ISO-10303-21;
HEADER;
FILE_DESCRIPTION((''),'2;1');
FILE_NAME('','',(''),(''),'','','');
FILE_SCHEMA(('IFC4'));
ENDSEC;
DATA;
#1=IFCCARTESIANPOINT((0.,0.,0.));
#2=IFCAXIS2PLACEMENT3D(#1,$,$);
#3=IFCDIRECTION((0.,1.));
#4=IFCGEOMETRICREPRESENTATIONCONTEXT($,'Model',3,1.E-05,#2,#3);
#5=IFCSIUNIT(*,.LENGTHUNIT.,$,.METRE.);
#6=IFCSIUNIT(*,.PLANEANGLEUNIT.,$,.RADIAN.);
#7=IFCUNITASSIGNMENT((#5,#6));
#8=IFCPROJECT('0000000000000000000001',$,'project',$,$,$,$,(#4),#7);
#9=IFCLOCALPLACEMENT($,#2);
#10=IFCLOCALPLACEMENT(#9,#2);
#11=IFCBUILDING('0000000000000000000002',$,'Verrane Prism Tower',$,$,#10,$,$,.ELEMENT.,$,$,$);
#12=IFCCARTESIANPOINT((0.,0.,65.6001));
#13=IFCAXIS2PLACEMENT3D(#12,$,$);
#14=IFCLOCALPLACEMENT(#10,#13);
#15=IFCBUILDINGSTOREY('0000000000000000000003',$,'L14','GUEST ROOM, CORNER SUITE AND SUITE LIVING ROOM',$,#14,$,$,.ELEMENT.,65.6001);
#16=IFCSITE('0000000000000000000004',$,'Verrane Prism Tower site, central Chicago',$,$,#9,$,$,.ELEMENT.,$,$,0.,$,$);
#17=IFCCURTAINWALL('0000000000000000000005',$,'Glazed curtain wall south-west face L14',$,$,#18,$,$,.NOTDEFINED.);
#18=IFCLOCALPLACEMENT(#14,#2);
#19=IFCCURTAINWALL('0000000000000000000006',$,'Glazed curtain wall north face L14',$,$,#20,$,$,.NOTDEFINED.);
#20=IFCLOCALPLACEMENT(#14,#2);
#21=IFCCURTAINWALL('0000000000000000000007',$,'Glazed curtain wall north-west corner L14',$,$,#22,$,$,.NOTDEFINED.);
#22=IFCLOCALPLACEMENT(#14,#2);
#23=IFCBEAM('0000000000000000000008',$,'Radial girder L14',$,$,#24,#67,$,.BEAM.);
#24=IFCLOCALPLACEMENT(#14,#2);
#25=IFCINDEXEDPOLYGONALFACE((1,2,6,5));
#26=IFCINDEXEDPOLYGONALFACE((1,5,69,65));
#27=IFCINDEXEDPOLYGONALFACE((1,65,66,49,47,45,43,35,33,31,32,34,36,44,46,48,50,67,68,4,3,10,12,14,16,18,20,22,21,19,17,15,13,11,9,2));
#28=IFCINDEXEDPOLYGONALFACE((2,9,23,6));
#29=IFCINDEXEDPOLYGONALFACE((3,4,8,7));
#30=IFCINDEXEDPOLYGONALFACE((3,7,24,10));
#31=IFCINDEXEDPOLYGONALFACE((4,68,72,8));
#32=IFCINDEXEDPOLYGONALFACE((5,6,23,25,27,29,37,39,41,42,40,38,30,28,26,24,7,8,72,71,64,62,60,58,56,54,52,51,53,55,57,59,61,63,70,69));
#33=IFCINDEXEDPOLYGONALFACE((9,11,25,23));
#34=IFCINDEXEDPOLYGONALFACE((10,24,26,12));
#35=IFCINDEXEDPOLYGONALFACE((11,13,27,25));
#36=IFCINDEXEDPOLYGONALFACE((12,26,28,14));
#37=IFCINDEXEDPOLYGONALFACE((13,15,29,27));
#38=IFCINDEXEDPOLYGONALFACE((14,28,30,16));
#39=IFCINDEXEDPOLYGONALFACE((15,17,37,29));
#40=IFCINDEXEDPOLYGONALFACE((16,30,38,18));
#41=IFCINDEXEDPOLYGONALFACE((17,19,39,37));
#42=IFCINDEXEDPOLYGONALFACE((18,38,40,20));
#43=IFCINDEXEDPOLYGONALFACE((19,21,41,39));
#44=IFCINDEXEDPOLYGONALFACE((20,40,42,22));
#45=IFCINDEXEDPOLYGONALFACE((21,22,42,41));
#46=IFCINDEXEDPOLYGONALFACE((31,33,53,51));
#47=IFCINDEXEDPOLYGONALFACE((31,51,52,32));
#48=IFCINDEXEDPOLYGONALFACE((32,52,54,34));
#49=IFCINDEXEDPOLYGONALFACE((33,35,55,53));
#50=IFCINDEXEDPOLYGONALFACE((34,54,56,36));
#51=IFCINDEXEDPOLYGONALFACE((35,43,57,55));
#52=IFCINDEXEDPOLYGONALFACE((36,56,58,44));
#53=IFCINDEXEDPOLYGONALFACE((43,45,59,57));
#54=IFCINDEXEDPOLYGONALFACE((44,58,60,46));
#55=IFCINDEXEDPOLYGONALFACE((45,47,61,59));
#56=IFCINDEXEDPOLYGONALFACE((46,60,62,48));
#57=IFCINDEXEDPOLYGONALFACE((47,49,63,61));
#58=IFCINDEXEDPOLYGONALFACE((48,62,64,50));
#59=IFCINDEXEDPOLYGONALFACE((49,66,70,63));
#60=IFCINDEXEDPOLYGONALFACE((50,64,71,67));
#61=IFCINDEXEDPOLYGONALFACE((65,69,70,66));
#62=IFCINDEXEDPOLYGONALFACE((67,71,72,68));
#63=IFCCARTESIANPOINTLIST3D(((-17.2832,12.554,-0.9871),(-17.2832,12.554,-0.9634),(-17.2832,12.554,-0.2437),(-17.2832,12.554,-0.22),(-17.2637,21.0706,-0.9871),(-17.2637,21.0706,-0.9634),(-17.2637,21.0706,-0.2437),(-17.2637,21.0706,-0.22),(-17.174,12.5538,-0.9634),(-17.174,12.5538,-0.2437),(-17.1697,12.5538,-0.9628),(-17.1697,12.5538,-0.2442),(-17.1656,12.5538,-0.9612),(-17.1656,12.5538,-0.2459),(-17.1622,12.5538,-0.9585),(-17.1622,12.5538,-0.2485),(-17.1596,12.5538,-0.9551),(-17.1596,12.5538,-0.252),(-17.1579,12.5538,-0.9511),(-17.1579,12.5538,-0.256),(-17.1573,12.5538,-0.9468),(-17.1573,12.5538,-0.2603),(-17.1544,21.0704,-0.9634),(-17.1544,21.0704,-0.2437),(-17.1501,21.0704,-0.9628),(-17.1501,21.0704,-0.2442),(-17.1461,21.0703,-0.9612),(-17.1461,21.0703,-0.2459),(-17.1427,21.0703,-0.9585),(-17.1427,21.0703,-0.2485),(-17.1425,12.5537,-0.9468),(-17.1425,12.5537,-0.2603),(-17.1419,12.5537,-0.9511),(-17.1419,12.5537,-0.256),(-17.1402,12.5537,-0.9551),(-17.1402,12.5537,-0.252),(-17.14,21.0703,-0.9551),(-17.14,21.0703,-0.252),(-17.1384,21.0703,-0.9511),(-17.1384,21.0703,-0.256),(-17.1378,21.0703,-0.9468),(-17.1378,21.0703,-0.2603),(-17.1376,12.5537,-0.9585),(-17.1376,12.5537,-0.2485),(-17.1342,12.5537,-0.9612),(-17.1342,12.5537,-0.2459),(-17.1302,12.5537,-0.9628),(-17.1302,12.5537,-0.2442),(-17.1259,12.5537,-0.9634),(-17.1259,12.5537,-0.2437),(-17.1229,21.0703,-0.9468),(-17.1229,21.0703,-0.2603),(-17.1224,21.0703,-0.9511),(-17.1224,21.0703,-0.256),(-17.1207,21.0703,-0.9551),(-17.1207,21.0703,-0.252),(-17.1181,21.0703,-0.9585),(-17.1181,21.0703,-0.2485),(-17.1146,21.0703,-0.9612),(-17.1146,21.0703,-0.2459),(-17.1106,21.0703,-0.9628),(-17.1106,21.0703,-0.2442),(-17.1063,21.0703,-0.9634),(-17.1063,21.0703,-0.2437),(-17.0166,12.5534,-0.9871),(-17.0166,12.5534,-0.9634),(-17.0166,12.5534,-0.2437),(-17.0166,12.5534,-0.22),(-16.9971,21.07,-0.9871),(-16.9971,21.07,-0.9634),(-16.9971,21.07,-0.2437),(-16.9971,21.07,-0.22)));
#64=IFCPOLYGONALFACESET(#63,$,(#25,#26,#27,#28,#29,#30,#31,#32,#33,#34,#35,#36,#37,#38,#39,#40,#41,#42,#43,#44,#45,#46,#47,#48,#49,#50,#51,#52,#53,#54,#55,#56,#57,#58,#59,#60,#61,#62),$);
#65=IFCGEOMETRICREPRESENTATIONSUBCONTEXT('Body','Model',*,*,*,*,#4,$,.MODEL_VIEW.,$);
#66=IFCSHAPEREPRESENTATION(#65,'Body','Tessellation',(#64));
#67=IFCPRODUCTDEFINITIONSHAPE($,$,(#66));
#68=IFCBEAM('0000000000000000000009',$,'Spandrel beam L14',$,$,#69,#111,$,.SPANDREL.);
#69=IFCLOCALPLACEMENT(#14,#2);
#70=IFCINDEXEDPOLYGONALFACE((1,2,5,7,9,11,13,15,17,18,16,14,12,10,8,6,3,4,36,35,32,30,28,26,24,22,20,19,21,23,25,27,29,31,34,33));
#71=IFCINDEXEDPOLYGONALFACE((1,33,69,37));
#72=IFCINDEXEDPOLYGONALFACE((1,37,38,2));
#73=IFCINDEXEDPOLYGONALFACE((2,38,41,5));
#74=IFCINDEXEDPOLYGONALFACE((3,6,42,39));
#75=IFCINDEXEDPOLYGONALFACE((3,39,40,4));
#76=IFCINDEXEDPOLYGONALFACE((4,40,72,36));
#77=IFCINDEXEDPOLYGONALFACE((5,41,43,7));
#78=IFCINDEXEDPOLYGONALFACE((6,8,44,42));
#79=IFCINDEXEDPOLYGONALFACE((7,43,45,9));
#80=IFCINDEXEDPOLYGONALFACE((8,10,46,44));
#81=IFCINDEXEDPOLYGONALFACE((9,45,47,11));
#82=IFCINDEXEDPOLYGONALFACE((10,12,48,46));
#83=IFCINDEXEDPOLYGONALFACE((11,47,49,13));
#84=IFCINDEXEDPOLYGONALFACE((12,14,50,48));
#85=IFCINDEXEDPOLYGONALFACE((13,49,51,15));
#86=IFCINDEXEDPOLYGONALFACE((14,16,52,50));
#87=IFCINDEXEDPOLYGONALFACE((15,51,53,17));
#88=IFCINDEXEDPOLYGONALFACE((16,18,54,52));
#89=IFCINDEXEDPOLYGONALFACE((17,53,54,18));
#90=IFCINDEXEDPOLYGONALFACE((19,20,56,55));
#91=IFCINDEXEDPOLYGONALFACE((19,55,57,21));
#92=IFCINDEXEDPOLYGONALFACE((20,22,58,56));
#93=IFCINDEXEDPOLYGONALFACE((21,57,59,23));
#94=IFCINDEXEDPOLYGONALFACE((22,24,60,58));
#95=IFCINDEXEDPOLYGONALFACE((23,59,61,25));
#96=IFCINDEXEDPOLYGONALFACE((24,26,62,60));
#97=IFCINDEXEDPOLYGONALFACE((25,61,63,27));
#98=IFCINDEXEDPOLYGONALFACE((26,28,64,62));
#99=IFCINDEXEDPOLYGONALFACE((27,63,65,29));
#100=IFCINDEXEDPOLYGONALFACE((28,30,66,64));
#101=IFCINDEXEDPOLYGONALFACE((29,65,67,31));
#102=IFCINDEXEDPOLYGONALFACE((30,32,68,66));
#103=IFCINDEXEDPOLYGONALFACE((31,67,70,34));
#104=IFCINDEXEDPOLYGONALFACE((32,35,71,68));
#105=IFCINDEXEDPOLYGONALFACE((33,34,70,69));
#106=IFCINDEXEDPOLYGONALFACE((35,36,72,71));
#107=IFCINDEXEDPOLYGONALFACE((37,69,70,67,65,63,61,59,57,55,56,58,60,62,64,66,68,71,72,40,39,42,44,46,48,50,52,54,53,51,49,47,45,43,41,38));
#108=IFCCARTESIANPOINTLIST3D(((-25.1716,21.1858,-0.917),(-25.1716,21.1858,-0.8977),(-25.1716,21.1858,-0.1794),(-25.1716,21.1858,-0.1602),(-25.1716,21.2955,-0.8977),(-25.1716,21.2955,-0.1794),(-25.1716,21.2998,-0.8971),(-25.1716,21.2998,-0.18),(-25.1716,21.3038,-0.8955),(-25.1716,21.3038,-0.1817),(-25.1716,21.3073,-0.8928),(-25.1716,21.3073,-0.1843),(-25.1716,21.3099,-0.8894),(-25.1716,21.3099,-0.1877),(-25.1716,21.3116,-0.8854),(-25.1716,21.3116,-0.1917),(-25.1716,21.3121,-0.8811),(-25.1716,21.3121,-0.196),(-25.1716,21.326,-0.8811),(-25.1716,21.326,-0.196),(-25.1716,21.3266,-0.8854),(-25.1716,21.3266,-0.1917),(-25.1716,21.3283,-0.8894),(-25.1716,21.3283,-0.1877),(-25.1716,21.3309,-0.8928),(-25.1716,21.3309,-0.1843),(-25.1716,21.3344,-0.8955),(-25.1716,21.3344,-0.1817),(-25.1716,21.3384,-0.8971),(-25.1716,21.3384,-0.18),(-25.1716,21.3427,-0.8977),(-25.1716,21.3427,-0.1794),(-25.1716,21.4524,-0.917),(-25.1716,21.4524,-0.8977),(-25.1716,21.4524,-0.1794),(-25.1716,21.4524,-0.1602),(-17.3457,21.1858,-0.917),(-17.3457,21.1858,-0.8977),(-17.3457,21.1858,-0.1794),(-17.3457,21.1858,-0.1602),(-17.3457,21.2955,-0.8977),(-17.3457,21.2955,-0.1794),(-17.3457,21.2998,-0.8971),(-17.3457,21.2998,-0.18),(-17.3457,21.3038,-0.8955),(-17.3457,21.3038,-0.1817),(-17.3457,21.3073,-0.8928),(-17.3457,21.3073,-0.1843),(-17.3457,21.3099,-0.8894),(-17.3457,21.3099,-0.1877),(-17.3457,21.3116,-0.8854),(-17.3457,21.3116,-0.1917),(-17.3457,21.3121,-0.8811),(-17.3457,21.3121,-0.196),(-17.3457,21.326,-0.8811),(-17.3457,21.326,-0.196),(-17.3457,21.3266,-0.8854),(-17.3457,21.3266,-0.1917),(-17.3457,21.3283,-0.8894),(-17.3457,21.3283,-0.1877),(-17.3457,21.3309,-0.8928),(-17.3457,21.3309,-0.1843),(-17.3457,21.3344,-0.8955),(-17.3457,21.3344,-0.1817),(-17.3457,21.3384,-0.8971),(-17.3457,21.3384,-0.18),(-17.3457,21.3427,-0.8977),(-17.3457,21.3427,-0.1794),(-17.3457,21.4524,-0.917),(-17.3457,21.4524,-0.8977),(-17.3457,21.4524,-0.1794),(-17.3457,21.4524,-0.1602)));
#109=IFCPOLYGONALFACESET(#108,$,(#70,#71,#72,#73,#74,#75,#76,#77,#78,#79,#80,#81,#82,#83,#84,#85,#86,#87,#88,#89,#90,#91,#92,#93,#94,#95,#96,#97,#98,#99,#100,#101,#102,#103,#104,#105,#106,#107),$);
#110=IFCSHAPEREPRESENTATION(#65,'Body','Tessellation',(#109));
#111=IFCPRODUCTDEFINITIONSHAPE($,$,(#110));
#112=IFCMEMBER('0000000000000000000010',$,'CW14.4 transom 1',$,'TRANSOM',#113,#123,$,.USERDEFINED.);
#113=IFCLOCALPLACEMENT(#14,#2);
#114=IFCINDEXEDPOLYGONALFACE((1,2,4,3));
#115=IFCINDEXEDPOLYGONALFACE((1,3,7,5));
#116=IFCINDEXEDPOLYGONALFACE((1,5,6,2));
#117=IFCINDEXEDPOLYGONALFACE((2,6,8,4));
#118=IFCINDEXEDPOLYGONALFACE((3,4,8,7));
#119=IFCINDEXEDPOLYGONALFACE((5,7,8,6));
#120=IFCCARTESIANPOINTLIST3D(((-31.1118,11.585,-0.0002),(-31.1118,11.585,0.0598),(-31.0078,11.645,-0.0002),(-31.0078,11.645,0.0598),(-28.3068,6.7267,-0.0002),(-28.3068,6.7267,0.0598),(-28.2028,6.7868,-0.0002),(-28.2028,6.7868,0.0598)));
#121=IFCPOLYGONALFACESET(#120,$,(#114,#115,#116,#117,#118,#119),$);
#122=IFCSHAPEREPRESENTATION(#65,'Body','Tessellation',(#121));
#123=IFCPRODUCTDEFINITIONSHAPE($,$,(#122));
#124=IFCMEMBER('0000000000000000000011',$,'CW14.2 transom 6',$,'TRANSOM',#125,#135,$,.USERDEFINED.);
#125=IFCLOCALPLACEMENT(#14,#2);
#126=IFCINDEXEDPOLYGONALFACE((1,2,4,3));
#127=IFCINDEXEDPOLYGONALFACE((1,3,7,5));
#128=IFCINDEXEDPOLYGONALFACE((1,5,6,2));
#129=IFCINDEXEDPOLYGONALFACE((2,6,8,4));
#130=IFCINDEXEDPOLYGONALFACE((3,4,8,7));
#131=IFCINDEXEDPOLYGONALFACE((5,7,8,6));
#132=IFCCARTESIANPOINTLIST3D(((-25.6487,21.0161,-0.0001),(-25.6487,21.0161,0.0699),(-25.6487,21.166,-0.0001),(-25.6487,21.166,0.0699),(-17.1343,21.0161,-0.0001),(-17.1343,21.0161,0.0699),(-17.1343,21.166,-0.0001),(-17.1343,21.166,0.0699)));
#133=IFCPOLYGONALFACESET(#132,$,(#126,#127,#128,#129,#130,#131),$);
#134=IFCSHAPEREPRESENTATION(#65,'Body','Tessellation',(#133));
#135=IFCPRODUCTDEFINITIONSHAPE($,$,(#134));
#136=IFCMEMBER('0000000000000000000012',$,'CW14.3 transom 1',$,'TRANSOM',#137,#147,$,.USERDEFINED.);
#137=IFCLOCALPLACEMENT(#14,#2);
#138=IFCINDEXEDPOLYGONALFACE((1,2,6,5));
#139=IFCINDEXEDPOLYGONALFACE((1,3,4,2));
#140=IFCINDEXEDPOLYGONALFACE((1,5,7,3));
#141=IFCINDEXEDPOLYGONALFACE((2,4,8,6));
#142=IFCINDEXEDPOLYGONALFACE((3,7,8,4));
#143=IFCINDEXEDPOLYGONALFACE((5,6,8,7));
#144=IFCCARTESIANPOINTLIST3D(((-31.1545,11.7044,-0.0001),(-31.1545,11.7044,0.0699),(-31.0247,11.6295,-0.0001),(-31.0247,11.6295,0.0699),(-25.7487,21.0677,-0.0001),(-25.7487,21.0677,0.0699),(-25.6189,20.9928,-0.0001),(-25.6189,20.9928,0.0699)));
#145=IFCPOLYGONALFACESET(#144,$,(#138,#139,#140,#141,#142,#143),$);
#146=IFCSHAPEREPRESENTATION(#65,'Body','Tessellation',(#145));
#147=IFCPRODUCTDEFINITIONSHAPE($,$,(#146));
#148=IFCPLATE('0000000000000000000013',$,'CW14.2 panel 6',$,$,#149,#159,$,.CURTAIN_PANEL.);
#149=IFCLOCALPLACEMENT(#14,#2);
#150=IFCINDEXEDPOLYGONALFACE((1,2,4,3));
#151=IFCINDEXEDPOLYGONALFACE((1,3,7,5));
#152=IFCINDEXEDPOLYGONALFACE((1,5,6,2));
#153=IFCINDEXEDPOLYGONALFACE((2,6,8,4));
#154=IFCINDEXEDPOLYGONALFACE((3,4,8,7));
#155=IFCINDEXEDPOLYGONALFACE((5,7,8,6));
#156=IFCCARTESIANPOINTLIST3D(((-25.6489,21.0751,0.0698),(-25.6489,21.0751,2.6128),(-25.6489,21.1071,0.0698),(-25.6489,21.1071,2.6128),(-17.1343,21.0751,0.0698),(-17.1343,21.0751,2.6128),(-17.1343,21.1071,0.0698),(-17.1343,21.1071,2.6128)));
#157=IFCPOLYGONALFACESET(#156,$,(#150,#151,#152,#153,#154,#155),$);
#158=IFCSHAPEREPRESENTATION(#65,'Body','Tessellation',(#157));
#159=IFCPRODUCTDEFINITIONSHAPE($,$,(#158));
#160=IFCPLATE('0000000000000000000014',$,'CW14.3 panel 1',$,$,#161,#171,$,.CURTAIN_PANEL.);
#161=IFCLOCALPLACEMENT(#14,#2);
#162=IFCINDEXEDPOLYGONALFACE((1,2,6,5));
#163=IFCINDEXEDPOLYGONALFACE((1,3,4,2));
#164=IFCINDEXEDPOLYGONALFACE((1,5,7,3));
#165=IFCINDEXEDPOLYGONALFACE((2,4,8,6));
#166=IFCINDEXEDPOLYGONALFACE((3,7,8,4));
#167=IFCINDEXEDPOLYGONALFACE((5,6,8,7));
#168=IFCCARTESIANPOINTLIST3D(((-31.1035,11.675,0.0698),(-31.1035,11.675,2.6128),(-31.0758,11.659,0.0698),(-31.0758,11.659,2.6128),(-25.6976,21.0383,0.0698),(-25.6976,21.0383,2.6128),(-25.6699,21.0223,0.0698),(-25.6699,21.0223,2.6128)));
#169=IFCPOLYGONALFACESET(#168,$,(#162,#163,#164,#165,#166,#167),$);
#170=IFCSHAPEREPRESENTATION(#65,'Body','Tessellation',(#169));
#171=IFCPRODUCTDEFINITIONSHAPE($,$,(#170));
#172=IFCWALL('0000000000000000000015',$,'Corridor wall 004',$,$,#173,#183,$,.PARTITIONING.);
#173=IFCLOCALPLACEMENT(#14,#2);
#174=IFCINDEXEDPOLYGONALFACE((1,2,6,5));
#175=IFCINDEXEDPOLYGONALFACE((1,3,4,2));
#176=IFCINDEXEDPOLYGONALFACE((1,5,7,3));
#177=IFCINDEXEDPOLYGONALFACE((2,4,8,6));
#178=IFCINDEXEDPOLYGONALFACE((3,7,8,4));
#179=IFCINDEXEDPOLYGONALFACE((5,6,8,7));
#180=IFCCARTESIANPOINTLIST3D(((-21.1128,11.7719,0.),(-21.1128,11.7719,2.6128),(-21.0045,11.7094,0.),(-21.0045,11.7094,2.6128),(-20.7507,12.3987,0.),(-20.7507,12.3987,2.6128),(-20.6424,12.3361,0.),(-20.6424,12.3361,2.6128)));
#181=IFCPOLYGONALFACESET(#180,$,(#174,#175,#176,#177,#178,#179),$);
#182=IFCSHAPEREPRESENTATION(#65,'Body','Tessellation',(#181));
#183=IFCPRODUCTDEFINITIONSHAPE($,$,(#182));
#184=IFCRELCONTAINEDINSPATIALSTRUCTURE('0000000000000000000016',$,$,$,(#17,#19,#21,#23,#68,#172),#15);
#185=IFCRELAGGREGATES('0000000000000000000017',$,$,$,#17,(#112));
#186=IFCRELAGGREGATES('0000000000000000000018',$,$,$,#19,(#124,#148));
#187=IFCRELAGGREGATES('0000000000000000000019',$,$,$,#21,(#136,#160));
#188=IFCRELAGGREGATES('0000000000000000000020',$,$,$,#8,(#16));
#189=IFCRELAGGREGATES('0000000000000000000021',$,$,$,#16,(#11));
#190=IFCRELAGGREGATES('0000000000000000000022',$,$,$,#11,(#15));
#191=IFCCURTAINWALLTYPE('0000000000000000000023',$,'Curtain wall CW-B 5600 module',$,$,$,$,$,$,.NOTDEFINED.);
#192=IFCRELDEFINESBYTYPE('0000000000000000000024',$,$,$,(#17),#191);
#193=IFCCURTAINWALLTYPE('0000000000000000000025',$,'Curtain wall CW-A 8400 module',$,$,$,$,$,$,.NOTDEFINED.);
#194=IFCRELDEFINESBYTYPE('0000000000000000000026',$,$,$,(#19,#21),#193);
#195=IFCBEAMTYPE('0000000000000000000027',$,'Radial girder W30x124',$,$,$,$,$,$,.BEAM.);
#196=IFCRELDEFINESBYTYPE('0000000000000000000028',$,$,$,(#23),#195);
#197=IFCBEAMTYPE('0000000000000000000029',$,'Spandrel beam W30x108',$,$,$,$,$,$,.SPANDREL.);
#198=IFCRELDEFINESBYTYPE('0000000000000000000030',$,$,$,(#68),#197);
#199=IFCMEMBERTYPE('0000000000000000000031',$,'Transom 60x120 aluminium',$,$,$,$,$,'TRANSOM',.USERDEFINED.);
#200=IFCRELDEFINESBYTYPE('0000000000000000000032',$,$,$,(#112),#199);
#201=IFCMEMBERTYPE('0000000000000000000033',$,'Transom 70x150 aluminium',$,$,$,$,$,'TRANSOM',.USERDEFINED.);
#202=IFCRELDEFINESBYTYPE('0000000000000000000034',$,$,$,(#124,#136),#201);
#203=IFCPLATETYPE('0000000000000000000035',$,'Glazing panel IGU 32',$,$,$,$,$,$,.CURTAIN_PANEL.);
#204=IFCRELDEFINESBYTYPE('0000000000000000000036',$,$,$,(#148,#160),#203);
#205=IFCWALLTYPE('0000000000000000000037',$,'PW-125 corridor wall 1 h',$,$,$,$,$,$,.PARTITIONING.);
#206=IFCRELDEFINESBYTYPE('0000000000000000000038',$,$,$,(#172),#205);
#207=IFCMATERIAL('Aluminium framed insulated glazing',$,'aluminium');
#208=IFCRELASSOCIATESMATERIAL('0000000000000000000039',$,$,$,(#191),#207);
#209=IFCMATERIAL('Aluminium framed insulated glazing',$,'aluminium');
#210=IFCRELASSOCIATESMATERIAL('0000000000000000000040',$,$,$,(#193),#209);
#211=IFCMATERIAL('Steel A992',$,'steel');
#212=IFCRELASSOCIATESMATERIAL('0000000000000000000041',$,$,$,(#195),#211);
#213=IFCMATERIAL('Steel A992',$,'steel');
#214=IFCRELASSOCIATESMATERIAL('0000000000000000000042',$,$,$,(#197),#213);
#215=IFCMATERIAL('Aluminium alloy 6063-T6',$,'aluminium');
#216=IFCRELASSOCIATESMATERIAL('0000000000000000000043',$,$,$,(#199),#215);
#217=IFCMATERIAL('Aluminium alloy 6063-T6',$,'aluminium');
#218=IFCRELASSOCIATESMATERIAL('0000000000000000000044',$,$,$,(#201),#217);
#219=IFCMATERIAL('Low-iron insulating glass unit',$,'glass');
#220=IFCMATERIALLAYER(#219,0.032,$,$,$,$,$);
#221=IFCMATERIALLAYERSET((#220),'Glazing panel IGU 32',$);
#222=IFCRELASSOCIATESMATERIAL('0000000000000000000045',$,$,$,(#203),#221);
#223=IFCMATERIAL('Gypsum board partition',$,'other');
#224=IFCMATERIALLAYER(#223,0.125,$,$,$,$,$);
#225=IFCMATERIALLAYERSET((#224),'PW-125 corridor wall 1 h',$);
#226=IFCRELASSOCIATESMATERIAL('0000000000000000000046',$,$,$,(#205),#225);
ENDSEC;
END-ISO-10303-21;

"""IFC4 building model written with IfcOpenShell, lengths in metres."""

from ifc_helpers import new_model, si_unit, direction, frame, frame_2d, origin, origin_2d, place, context, subcontext, project, spatial, rectangle, i_section, extrude, material, layer, layer_set, material_profile, profile_set, type_object, element, aggregate, save


model = new_model("IFC4")

# Units and contexts
model_context = context("Model", 3, precision=1e-05, world=origin(), true_north=direction((0.0, 1.0)))
body_context = subcontext(model_context, "Body", "Model", "MODEL_VIEW")
ifc_project = project(units=[si_unit("LENGTHUNIT", "METRE"), si_unit("PLANEANGLEUNIT", "RADIAN")], contexts=[model_context])

# Site, building, storey
site_placement = place(None, origin())
site = spatial("IfcSite", under=ifc_project, at=site_placement, Name="Verrane Prism Tower site, central Chicago", CompositionType="ELEMENT", RefElevation=0.0)
building_placement = place(site_placement, origin())
building = spatial("IfcBuilding", under=site, at=building_placement, Name="Verrane Prism Tower", CompositionType="ELEMENT")
storey_placement = place(building_placement, frame((0.0, 0.0, 65.6001)))
storey = spatial("IfcBuildingStorey", under=building, at=storey_placement, Name="L14", Description="GUEST ROOM, CORNER SUITE AND SUITE LIVING ROOM", CompositionType="ELEMENT", Elevation=65.6001)

# Curtain walls
ifc_material_1 = material(Name="Aluminium framed insulated glazing", Category="aluminium")
curtain_wall_type_1 = type_object("IfcCurtainWallType", Name="Curtain wall CW-B 5600 module", PredefinedType="NOTDEFINED", material=ifc_material_1)
curtain_wall_1_placement = place(storey_placement, origin())
curtain_wall_1 = element("IfcCurtainWall", 1, at=curtain_wall_1_placement, inside=storey, type_object=curtain_wall_type_1, Name="Glazed curtain wall south-west face L14", PredefinedType="NOTDEFINED")
ifc_material_2 = material(Name="Aluminium framed insulated glazing", Category="aluminium")
curtain_wall_type_2 = type_object("IfcCurtainWallType", Name="Curtain wall CW-A 8400 module", PredefinedType="NOTDEFINED", material=ifc_material_2)
curtain_wall_2_placement = place(storey_placement, origin())
curtain_wall_2 = element("IfcCurtainWall", 2, at=curtain_wall_2_placement, inside=storey, type_object=curtain_wall_type_2, Name="Glazed curtain wall north face L14", PredefinedType="NOTDEFINED")
curtain_wall_3_placement = place(storey_placement, origin())
curtain_wall_3 = element("IfcCurtainWall", 3, at=curtain_wall_3_placement, inside=storey, type_object=curtain_wall_type_2, Name="Glazed curtain wall north-west corner L14", PredefinedType="NOTDEFINED")

# Beams
ifc_material_3 = material(Name="Steel A992", Category="steel")
ifc_material_profile_1 = material_profile(ifc_material_3, i_section(OverallWidth=0.2666, OverallDepth=0.7671, WebThickness=0.0149, FlangeThickness=0.0237, FilletRadius=0.0166, at=origin_2d()), Name="W30x124")
ifc_profile_set_1 = profile_set([ifc_material_profile_1], Name="Steel A992")
beam_type_1 = type_object("IfcBeamType", Name="Radial girder W30x124", PredefinedType="BEAM", material=ifc_profile_set_1)
beam_1_placement = place(storey_placement, frame((-17.1304, 21.0703, -0.6035), z_axis=(-0.002293, -0.999997, 0.0), x_axis=(0.999997, -0.002293, 0.0)))
element("IfcBeam", 4, at=beam_1_placement, inside=storey, type_object=beam_type_1, Name="Radial girder L14", PredefinedType="BEAM", context=body_context, shape_type="SweptSolid", body=[
    extrude(i_section(OverallWidth=0.2666, OverallDepth=0.7671, WebThickness=0.0149, FlangeThickness=0.0237, FilletRadius=0.0166, at=origin_2d()), origin(), (0.0, 0.0, 1.0), 8.5166),
])
ifc_material_4 = material(Name="Steel A992", Category="steel")
ifc_material_profile_2 = material_profile(ifc_material_4, i_section(OverallWidth=0.2666, OverallDepth=0.7568, WebThickness=0.0139, FlangeThickness=0.0193, FilletRadius=0.0166, at=origin_2d()), Name="W30x108")
ifc_profile_set_2 = profile_set([ifc_material_profile_2], Name="Steel A992")
beam_type_2 = type_object("IfcBeamType", Name="Spandrel beam W30x108", PredefinedType="SPANDREL", material=ifc_profile_set_2)
beam_2_placement = place(storey_placement, frame((-17.3457, 21.3191, -0.5386), z_axis=(-1.0, 0.0, 0.0), x_axis=(0.0, -1.0, 0.0)))
element("IfcBeam", 5, at=beam_2_placement, inside=storey, type_object=beam_type_2, Name="Spandrel beam L14", PredefinedType="SPANDREL", context=body_context, shape_type="SweptSolid", body=[
    extrude(i_section(OverallWidth=0.2666, OverallDepth=0.7568, WebThickness=0.0139, FlangeThickness=0.0193, FilletRadius=0.0166, at=origin_2d()), origin(), (0.0, 0.0, 1.0), 7.8259),
])

# Members
ifc_material_5 = material(Name="Aluminium alloy 6063-T6", Category="aluminium")
ifc_material_profile_3 = material_profile(ifc_material_5, rectangle(XDim=0.1201, YDim=0.0601, at=origin_2d()), Name="Transom 60x120 aluminium")
ifc_profile_set_3 = profile_set([ifc_material_profile_3], Name="Aluminium alloy 6063-T6")
member_type_1 = type_object("IfcMemberType", Name="Transom 60x120 aluminium", ElementType="TRANSOM", PredefinedType="USERDEFINED", material=ifc_profile_set_3)
member_1_placement = place(storey_placement, frame((-31.0598, 11.615, 0.0298), z_axis=(0.50001, -0.86602, 0.0), x_axis=(0.86602, 0.50001, 0.0)))
member_1 = element("IfcMember", 6, at=member_1_placement, type_object=member_type_1, Name="CW14.4 transom 1", ObjectType="TRANSOM", PredefinedType="USERDEFINED", context=body_context, shape_type="SweptSolid", body=[
    extrude(rectangle(XDim=0.1201, YDim=0.0601, at=origin_2d()), origin(), (0.0, 0.0, 1.0), 5.6099),
])
aggregate(curtain_wall_1, [member_1])
ifc_material_6 = material(Name="Aluminium alloy 6063-T6", Category="aluminium")
ifc_material_profile_4 = material_profile(ifc_material_6, rectangle(XDim=0.1499, YDim=0.0701, at=origin_2d()), Name="Transom 70x150 aluminium")
ifc_profile_set_4 = profile_set([ifc_material_profile_4], Name="Aluminium alloy 6063-T6")
member_type_2 = type_object("IfcMemberType", Name="Transom 70x150 aluminium", ElementType="TRANSOM", PredefinedType="USERDEFINED", material=ifc_profile_set_4)
member_2_placement = place(storey_placement, frame((-17.1343, 21.0911, 0.0349), z_axis=(-1.0, 0.0, 0.0), x_axis=(0.0, -1.0, 0.0)))
member_2 = element("IfcMember", 7, at=member_2_placement, type_object=member_type_2, Name="CW14.2 transom 6", ObjectType="TRANSOM", PredefinedType="USERDEFINED", context=body_context, shape_type="SweptSolid", body=[
    extrude(rectangle(XDim=0.1499, YDim=0.0701, at=origin_2d()), origin(), (0.0, 0.0, 1.0), 8.5144),
])
member_3_placement = place(storey_placement, frame((-25.6838, 21.0303, 0.0349), z_axis=(-0.499991, -0.866031, 0.0), x_axis=(0.866031, -0.499991, 0.0)))
member_3 = element("IfcMember", 8, at=member_3_placement, type_object=member_type_2, Name="CW14.3 transom 1", ObjectType="TRANSOM", PredefinedType="USERDEFINED", context=body_context, shape_type="SweptSolid", body=[
    extrude(rectangle(XDim=0.1499, YDim=0.0701, at=origin_2d()), origin(), (0.0, 0.0, 1.0), 10.8118),
])

# Plates
ifc_material_7 = material(Name="Low-iron insulating glass unit", Category="glass")
ifc_layer_1 = layer(ifc_material_7, 0.032)
ifc_layer_set_1 = layer_set([ifc_layer_1], Name="Glazing panel IGU 32")
plate_type = type_object("IfcPlateType", Name="Glazing panel IGU 32", PredefinedType="CURTAIN_PANEL", material=ifc_layer_set_1)
plate_1_placement = place(storey_placement, frame((-21.3916, 21.0911, 0.0698), z_axis=(0.0, 0.0, 1.0), x_axis=(-1.0, 0.0, 0.0)))
plate_1 = element("IfcPlate", 9, at=plate_1_placement, type_object=plate_type, Name="CW14.2 panel 6", PredefinedType="CURTAIN_PANEL", context=body_context, shape_type="SweptSolid", body=[
    extrude(rectangle(XDim=8.5146, YDim=0.032, at=origin_2d()), origin(), (0.0, 0.0, 1.0), 2.543),
])
aggregate(curtain_wall_2, [member_2, plate_1])
plate_2_placement = place(storey_placement, frame((-28.3867, 16.3486, 0.0698), z_axis=(0.0, 0.0, 1.0), x_axis=(-0.499997, -0.866027, 0.0)))
plate_2 = element("IfcPlate", 10, at=plate_2_placement, type_object=plate_type, Name="CW14.3 panel 1", PredefinedType="CURTAIN_PANEL", context=body_context, shape_type="SweptSolid", body=[
    extrude(rectangle(XDim=10.8118, YDim=0.032, at=origin_2d()), origin(), (0.0, 0.0, 1.0), 2.543),
])
aggregate(curtain_wall_3, [member_3, plate_2])

# Wall
ifc_material_8 = material(Name="Gypsum board partition", Category="other")
ifc_layer_2 = layer(ifc_material_8, 0.125)
ifc_layer_set_2 = layer_set([ifc_layer_2], Name="PW-125 corridor wall 1 h")
wall_type_1 = type_object("IfcWallType", Name="PW-125 corridor wall 1 h", PredefinedType="PARTITIONING", material=ifc_layer_set_2)
wall_1_placement = place(storey_placement, frame((-21.0586, 11.7407, 0.0), z_axis=(0.0, 0.0, 1.0), x_axis=(0.500238, 0.865888, 0.0)))
element("IfcWall", 11, at=wall_1_placement, inside=storey, type_object=wall_type_1, Name="Corridor wall 004", PredefinedType="PARTITIONING", context=body_context, shape_type="SweptSolid", body=[
    extrude(rectangle(XDim=0.7239, YDim=0.125, at=frame_2d((0.3618, 0.0))), origin(), (0.0, 0.0, 1.0), 2.6128),
])

save(model, "model.ifc")
